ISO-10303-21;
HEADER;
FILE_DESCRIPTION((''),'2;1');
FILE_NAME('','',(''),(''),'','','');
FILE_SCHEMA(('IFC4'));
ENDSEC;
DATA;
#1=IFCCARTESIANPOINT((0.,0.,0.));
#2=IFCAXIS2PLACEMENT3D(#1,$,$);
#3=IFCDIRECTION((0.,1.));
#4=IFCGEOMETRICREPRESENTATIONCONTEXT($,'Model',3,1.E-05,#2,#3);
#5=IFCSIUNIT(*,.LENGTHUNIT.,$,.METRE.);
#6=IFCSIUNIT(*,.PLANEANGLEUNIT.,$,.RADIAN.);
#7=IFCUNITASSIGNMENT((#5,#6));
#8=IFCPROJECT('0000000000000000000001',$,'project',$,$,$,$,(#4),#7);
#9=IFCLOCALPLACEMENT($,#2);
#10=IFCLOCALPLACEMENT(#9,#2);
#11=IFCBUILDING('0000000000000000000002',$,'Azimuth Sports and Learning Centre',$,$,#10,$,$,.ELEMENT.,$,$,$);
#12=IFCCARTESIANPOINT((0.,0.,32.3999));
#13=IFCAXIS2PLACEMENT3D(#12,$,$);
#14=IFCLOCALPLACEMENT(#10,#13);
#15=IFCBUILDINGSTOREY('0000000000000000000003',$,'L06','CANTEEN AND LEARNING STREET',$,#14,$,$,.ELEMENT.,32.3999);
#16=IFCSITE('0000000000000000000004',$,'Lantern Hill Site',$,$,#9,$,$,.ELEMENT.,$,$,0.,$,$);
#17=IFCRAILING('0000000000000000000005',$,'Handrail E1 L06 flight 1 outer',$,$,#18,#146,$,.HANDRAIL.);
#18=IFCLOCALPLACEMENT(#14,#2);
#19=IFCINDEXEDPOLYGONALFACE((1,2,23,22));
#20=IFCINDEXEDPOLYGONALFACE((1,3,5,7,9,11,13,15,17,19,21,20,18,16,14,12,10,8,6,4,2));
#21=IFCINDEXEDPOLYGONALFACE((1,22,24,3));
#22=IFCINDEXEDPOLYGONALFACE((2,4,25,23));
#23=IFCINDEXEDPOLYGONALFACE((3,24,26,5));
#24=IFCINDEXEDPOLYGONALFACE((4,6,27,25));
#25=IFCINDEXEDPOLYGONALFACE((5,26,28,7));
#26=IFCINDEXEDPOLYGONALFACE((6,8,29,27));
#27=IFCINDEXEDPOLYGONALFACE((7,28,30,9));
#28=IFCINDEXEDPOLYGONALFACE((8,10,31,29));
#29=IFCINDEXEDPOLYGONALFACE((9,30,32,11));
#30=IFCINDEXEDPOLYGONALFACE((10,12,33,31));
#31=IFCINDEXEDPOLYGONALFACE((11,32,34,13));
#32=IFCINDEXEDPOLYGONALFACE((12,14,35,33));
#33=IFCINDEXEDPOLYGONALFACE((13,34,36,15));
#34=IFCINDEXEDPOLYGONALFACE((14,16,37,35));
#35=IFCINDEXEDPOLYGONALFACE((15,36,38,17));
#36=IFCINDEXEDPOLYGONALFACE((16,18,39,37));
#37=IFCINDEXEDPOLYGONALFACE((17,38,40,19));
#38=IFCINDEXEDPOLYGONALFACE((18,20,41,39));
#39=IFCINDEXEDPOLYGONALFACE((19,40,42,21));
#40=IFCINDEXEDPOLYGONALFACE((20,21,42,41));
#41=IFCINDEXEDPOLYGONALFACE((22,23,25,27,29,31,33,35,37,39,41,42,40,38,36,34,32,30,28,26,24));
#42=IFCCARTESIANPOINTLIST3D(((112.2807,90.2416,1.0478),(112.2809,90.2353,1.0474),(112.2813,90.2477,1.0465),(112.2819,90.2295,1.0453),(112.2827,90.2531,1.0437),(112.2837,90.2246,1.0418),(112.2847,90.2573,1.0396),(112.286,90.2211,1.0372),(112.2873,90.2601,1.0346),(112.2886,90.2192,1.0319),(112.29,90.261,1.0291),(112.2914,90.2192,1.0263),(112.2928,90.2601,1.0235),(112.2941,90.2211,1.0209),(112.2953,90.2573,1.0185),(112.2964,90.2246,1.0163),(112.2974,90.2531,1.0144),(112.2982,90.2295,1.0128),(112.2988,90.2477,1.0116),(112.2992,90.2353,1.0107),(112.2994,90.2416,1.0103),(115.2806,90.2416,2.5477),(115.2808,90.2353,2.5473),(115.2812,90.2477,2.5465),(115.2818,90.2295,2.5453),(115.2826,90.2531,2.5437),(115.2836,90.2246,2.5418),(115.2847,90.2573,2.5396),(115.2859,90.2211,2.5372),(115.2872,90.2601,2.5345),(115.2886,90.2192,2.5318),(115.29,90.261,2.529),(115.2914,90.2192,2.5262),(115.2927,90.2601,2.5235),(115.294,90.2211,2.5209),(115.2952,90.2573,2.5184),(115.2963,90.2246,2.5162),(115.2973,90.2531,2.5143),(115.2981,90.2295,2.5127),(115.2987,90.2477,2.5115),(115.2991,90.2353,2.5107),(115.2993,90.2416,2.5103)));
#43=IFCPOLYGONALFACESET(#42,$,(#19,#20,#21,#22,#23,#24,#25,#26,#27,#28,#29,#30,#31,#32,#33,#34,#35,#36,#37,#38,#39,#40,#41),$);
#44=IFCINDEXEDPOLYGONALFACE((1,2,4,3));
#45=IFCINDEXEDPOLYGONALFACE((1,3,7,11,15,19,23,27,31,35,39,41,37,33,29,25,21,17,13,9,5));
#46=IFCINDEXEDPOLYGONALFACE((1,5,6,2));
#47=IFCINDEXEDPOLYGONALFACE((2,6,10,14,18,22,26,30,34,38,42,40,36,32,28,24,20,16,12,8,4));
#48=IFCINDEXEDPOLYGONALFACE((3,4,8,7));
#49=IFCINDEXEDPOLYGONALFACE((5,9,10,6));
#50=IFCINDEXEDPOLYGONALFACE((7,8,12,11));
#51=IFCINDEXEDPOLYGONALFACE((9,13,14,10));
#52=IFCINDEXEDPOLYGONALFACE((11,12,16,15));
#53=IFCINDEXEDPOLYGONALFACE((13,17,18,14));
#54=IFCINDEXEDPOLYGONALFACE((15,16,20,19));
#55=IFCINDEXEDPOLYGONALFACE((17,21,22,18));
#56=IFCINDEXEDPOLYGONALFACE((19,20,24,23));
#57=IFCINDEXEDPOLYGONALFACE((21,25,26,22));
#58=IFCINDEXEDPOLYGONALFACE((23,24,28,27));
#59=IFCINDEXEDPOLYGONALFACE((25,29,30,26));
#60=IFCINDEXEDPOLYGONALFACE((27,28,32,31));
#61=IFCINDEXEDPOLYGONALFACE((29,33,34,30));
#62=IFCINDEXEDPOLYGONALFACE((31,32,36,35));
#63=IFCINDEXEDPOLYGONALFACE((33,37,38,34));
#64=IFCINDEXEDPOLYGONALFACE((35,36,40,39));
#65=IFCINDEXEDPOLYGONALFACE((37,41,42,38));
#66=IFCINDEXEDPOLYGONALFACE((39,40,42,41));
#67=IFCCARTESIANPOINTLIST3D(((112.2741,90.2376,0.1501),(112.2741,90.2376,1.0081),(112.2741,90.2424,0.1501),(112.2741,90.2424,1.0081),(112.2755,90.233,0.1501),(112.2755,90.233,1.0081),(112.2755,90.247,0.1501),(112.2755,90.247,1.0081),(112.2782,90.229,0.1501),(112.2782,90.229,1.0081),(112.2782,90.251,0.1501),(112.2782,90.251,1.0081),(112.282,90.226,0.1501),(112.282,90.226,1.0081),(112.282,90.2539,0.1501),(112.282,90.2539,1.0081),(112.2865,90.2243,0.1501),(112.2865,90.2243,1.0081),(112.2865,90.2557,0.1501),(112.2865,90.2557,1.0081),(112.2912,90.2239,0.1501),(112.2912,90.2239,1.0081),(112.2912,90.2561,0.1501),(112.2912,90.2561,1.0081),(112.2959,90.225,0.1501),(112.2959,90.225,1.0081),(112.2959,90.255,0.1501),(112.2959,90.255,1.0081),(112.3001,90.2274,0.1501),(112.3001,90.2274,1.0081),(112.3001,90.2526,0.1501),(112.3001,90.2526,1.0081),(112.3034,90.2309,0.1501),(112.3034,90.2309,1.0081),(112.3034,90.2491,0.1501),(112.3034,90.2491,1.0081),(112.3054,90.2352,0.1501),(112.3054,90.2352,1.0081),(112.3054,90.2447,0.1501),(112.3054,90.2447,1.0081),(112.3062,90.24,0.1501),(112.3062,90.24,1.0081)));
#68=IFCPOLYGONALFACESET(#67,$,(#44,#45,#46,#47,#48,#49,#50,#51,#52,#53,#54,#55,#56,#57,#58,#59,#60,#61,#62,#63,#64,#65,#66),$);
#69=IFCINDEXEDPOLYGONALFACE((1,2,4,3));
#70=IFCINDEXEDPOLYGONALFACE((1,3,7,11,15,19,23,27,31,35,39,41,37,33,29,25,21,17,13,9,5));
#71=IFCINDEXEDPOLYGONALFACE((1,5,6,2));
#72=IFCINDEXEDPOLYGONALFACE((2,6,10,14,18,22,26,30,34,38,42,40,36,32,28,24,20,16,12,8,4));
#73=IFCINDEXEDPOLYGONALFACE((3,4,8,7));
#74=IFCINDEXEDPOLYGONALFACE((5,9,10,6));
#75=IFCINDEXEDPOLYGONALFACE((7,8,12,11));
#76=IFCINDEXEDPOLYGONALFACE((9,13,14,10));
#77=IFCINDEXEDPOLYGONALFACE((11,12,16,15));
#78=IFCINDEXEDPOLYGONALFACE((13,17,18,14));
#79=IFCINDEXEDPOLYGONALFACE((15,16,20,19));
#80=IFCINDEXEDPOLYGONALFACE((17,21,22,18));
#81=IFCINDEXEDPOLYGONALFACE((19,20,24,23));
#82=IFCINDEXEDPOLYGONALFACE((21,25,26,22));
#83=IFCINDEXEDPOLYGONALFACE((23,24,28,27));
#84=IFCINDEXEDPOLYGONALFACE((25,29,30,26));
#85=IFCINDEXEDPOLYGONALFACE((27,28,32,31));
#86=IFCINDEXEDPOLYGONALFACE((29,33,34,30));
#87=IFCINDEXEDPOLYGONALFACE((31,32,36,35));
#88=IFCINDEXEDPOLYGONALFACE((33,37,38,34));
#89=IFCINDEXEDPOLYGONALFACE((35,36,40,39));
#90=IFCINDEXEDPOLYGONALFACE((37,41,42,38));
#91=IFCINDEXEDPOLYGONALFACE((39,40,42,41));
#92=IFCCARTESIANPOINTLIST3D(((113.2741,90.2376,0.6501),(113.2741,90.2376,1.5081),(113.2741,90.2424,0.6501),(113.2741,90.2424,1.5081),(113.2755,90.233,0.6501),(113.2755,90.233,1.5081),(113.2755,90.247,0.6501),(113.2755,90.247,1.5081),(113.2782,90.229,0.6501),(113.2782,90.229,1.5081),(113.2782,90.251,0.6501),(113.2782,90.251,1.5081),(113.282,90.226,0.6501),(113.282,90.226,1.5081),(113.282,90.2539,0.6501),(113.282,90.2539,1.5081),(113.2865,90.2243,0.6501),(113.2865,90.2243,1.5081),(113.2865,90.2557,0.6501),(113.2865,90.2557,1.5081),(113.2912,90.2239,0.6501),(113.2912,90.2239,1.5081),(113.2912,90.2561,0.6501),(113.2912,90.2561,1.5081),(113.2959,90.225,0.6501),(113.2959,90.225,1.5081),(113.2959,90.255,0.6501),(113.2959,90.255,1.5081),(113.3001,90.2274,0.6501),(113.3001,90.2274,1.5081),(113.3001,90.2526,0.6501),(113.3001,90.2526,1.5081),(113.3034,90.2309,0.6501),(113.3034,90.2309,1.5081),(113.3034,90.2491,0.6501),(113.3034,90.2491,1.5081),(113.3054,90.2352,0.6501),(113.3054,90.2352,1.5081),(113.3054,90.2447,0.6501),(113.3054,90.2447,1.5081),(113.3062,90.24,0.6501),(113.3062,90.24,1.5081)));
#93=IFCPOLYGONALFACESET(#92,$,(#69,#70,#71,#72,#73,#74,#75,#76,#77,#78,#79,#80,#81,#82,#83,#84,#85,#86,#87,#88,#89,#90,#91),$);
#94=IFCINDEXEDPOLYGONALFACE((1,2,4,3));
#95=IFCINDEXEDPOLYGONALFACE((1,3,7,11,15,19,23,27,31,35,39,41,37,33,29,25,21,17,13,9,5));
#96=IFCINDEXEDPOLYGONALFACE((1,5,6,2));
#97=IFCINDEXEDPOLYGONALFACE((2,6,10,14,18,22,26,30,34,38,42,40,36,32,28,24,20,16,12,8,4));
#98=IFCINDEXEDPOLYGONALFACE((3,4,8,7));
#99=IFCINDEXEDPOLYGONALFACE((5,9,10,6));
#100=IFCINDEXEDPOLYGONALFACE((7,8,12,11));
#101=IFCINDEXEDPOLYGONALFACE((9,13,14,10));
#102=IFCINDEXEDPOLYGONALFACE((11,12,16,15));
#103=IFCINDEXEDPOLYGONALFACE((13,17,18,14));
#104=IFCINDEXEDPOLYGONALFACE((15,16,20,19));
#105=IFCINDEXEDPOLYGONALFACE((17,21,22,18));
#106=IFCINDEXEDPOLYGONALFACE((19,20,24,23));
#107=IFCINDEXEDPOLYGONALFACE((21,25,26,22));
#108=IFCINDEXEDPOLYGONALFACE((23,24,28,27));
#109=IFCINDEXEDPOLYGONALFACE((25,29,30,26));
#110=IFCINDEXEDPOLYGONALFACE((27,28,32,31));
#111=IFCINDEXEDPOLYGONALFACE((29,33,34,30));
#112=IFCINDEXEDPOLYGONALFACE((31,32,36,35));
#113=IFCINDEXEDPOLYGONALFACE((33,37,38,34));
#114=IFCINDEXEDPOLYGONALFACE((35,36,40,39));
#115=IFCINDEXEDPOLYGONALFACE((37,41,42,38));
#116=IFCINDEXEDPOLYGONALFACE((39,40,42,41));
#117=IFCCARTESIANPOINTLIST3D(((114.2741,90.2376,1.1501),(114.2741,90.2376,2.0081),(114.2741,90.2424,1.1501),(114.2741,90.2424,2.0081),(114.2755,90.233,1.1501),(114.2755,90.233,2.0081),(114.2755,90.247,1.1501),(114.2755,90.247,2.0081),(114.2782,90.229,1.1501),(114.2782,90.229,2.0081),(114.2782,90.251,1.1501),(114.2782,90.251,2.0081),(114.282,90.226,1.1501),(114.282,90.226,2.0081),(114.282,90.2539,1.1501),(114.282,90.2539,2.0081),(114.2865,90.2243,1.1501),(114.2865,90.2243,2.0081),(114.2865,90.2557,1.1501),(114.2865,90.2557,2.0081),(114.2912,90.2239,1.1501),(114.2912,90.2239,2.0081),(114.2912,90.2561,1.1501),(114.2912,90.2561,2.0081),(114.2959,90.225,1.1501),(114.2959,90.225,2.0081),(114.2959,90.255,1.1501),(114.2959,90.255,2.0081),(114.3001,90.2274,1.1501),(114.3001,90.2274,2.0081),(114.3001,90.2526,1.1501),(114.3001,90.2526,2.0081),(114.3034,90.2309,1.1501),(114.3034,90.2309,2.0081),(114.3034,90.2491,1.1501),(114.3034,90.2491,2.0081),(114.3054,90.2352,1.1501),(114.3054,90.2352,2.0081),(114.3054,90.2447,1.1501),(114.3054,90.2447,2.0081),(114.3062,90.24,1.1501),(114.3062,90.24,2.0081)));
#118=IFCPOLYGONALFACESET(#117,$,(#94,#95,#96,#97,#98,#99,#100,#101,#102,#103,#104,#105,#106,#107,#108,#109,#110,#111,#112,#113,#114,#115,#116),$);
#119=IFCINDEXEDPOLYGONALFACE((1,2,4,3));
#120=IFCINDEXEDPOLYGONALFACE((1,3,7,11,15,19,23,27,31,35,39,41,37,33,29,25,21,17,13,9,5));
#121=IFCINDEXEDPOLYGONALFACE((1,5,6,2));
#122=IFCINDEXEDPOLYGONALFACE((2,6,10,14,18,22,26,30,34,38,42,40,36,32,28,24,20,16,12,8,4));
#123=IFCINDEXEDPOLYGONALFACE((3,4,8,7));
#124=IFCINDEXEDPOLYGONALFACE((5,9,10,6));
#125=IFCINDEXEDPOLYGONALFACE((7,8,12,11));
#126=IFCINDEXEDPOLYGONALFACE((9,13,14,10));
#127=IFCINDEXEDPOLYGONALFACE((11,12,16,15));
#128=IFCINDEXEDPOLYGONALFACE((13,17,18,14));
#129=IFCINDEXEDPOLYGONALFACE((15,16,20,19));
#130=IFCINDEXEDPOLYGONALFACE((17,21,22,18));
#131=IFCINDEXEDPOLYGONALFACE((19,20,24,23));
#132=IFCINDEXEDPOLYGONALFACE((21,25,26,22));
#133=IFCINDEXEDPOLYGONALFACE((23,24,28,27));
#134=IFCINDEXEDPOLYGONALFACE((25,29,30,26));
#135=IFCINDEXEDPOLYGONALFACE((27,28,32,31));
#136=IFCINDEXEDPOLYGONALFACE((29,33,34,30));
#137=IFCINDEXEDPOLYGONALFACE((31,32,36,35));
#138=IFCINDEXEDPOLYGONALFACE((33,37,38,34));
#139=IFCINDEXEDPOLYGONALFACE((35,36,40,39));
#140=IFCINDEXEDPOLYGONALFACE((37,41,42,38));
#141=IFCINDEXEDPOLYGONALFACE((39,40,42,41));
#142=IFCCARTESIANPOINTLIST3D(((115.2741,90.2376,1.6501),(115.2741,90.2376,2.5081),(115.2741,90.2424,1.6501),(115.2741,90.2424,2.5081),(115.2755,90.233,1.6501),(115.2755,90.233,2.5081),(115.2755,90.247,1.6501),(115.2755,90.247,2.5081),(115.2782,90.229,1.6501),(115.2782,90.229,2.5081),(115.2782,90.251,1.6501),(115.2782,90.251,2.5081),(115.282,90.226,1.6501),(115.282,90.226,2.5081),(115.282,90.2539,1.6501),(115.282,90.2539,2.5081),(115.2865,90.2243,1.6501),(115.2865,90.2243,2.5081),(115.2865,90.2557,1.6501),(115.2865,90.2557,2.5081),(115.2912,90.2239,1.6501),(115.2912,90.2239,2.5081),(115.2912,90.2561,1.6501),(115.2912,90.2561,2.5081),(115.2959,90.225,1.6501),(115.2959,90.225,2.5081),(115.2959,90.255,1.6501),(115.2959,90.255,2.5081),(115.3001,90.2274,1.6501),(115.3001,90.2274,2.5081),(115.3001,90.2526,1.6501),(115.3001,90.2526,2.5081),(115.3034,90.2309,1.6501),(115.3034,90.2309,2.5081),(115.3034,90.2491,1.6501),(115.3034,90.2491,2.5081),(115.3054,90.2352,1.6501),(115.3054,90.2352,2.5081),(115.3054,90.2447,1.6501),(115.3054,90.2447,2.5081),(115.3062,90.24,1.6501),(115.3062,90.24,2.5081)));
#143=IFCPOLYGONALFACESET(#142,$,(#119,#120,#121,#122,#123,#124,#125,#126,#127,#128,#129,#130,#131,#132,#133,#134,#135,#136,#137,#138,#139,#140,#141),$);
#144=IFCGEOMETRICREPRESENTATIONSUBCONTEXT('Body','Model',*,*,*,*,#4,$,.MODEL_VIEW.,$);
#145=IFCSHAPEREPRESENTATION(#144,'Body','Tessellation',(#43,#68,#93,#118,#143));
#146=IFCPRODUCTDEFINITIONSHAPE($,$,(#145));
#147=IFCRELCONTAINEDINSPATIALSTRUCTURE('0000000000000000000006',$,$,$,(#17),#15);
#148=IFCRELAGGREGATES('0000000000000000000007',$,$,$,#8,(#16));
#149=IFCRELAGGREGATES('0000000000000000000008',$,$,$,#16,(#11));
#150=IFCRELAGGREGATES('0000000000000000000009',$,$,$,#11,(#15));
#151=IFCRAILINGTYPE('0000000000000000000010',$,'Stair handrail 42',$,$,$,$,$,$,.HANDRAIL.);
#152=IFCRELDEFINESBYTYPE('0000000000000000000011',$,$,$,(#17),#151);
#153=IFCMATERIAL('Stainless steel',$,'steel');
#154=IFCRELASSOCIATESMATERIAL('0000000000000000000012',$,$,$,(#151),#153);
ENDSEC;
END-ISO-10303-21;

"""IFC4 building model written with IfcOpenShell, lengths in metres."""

from ifc_helpers import new_model, si_unit, direction, frame, origin, origin_2d, place, context, subcontext, project, spatial, circle, extrude, material, type_object, element, save


model = new_model("IFC4")

# Units and contexts
model_context = context("Model", 3, precision=1e-05, world=origin(), true_north=direction((0.0, 1.0)))
body_context = subcontext(model_context, "Body", "Model", "MODEL_VIEW")
ifc_project = project(units=[si_unit("LENGTHUNIT", "METRE"), si_unit("PLANEANGLEUNIT", "RADIAN")], contexts=[model_context])

# Site, building, storey
site_placement = place(None, origin())
site = spatial("IfcSite", under=ifc_project, at=site_placement, Name="Lantern Hill Site", CompositionType="ELEMENT", RefElevation=0.0)
building_placement = place(site_placement, origin())
building = spatial("IfcBuilding", under=site, at=building_placement, Name="Azimuth Sports and Learning Centre", CompositionType="ELEMENT")
storey_placement = place(building_placement, frame((0.0, 0.0, 32.3999)))
storey = spatial("IfcBuildingStorey", under=building, at=storey_placement, Name="L06", Description="CANTEEN AND LEARNING STREET", CompositionType="ELEMENT", Elevation=32.3999)

# Railing
ifc_material_1 = material(Name="Stainless steel", Category="steel")
railing_type_1 = type_object("IfcRailingType", Name="Stair handrail 42", PredefinedType="HANDRAIL", material=ifc_material_1)
for number, where, name in (
    (1, (112.29, 90.24, 0.1501), "Handrail E1 L06 flight 1 outer"),
):
    element("IfcRailing", number, at=place(storey_placement, frame(where)), inside=storey, type_object=railing_type_1, Name=name, PredefinedType="HANDRAIL", context=body_context, shape_type="SweptSolid", body=[
        extrude(circle(Radius=0.021, at=origin_2d()), frame((0.0, 0.0, 0.8789), z_axis=(0.894427, 0.0, 0.447214), x_axis=(0.0, 1.0, 0.0)), (0.0, 0.0, 1.0), 3.354),
        extrude(circle(Radius=0.0161, at=origin_2d()), origin(), (0.0, 0.0, 1.0), 0.8579),
        extrude(circle(Radius=0.0161, at=origin_2d()), frame((1.0, 0.0, 0.5)), (0.0, 0.0, 1.0), 0.8579),
        extrude(circle(Radius=0.0161, at=origin_2d()), frame((2.0, 0.0, 1.0)), (0.0, 0.0, 1.0), 0.8579),
        extrude(circle(Radius=0.0161, at=origin_2d()), frame((3.0, 0.0, 1.5)), (0.0, 0.0, 1.0), 0.8579),
    ])

save(model, "model.ifc")
